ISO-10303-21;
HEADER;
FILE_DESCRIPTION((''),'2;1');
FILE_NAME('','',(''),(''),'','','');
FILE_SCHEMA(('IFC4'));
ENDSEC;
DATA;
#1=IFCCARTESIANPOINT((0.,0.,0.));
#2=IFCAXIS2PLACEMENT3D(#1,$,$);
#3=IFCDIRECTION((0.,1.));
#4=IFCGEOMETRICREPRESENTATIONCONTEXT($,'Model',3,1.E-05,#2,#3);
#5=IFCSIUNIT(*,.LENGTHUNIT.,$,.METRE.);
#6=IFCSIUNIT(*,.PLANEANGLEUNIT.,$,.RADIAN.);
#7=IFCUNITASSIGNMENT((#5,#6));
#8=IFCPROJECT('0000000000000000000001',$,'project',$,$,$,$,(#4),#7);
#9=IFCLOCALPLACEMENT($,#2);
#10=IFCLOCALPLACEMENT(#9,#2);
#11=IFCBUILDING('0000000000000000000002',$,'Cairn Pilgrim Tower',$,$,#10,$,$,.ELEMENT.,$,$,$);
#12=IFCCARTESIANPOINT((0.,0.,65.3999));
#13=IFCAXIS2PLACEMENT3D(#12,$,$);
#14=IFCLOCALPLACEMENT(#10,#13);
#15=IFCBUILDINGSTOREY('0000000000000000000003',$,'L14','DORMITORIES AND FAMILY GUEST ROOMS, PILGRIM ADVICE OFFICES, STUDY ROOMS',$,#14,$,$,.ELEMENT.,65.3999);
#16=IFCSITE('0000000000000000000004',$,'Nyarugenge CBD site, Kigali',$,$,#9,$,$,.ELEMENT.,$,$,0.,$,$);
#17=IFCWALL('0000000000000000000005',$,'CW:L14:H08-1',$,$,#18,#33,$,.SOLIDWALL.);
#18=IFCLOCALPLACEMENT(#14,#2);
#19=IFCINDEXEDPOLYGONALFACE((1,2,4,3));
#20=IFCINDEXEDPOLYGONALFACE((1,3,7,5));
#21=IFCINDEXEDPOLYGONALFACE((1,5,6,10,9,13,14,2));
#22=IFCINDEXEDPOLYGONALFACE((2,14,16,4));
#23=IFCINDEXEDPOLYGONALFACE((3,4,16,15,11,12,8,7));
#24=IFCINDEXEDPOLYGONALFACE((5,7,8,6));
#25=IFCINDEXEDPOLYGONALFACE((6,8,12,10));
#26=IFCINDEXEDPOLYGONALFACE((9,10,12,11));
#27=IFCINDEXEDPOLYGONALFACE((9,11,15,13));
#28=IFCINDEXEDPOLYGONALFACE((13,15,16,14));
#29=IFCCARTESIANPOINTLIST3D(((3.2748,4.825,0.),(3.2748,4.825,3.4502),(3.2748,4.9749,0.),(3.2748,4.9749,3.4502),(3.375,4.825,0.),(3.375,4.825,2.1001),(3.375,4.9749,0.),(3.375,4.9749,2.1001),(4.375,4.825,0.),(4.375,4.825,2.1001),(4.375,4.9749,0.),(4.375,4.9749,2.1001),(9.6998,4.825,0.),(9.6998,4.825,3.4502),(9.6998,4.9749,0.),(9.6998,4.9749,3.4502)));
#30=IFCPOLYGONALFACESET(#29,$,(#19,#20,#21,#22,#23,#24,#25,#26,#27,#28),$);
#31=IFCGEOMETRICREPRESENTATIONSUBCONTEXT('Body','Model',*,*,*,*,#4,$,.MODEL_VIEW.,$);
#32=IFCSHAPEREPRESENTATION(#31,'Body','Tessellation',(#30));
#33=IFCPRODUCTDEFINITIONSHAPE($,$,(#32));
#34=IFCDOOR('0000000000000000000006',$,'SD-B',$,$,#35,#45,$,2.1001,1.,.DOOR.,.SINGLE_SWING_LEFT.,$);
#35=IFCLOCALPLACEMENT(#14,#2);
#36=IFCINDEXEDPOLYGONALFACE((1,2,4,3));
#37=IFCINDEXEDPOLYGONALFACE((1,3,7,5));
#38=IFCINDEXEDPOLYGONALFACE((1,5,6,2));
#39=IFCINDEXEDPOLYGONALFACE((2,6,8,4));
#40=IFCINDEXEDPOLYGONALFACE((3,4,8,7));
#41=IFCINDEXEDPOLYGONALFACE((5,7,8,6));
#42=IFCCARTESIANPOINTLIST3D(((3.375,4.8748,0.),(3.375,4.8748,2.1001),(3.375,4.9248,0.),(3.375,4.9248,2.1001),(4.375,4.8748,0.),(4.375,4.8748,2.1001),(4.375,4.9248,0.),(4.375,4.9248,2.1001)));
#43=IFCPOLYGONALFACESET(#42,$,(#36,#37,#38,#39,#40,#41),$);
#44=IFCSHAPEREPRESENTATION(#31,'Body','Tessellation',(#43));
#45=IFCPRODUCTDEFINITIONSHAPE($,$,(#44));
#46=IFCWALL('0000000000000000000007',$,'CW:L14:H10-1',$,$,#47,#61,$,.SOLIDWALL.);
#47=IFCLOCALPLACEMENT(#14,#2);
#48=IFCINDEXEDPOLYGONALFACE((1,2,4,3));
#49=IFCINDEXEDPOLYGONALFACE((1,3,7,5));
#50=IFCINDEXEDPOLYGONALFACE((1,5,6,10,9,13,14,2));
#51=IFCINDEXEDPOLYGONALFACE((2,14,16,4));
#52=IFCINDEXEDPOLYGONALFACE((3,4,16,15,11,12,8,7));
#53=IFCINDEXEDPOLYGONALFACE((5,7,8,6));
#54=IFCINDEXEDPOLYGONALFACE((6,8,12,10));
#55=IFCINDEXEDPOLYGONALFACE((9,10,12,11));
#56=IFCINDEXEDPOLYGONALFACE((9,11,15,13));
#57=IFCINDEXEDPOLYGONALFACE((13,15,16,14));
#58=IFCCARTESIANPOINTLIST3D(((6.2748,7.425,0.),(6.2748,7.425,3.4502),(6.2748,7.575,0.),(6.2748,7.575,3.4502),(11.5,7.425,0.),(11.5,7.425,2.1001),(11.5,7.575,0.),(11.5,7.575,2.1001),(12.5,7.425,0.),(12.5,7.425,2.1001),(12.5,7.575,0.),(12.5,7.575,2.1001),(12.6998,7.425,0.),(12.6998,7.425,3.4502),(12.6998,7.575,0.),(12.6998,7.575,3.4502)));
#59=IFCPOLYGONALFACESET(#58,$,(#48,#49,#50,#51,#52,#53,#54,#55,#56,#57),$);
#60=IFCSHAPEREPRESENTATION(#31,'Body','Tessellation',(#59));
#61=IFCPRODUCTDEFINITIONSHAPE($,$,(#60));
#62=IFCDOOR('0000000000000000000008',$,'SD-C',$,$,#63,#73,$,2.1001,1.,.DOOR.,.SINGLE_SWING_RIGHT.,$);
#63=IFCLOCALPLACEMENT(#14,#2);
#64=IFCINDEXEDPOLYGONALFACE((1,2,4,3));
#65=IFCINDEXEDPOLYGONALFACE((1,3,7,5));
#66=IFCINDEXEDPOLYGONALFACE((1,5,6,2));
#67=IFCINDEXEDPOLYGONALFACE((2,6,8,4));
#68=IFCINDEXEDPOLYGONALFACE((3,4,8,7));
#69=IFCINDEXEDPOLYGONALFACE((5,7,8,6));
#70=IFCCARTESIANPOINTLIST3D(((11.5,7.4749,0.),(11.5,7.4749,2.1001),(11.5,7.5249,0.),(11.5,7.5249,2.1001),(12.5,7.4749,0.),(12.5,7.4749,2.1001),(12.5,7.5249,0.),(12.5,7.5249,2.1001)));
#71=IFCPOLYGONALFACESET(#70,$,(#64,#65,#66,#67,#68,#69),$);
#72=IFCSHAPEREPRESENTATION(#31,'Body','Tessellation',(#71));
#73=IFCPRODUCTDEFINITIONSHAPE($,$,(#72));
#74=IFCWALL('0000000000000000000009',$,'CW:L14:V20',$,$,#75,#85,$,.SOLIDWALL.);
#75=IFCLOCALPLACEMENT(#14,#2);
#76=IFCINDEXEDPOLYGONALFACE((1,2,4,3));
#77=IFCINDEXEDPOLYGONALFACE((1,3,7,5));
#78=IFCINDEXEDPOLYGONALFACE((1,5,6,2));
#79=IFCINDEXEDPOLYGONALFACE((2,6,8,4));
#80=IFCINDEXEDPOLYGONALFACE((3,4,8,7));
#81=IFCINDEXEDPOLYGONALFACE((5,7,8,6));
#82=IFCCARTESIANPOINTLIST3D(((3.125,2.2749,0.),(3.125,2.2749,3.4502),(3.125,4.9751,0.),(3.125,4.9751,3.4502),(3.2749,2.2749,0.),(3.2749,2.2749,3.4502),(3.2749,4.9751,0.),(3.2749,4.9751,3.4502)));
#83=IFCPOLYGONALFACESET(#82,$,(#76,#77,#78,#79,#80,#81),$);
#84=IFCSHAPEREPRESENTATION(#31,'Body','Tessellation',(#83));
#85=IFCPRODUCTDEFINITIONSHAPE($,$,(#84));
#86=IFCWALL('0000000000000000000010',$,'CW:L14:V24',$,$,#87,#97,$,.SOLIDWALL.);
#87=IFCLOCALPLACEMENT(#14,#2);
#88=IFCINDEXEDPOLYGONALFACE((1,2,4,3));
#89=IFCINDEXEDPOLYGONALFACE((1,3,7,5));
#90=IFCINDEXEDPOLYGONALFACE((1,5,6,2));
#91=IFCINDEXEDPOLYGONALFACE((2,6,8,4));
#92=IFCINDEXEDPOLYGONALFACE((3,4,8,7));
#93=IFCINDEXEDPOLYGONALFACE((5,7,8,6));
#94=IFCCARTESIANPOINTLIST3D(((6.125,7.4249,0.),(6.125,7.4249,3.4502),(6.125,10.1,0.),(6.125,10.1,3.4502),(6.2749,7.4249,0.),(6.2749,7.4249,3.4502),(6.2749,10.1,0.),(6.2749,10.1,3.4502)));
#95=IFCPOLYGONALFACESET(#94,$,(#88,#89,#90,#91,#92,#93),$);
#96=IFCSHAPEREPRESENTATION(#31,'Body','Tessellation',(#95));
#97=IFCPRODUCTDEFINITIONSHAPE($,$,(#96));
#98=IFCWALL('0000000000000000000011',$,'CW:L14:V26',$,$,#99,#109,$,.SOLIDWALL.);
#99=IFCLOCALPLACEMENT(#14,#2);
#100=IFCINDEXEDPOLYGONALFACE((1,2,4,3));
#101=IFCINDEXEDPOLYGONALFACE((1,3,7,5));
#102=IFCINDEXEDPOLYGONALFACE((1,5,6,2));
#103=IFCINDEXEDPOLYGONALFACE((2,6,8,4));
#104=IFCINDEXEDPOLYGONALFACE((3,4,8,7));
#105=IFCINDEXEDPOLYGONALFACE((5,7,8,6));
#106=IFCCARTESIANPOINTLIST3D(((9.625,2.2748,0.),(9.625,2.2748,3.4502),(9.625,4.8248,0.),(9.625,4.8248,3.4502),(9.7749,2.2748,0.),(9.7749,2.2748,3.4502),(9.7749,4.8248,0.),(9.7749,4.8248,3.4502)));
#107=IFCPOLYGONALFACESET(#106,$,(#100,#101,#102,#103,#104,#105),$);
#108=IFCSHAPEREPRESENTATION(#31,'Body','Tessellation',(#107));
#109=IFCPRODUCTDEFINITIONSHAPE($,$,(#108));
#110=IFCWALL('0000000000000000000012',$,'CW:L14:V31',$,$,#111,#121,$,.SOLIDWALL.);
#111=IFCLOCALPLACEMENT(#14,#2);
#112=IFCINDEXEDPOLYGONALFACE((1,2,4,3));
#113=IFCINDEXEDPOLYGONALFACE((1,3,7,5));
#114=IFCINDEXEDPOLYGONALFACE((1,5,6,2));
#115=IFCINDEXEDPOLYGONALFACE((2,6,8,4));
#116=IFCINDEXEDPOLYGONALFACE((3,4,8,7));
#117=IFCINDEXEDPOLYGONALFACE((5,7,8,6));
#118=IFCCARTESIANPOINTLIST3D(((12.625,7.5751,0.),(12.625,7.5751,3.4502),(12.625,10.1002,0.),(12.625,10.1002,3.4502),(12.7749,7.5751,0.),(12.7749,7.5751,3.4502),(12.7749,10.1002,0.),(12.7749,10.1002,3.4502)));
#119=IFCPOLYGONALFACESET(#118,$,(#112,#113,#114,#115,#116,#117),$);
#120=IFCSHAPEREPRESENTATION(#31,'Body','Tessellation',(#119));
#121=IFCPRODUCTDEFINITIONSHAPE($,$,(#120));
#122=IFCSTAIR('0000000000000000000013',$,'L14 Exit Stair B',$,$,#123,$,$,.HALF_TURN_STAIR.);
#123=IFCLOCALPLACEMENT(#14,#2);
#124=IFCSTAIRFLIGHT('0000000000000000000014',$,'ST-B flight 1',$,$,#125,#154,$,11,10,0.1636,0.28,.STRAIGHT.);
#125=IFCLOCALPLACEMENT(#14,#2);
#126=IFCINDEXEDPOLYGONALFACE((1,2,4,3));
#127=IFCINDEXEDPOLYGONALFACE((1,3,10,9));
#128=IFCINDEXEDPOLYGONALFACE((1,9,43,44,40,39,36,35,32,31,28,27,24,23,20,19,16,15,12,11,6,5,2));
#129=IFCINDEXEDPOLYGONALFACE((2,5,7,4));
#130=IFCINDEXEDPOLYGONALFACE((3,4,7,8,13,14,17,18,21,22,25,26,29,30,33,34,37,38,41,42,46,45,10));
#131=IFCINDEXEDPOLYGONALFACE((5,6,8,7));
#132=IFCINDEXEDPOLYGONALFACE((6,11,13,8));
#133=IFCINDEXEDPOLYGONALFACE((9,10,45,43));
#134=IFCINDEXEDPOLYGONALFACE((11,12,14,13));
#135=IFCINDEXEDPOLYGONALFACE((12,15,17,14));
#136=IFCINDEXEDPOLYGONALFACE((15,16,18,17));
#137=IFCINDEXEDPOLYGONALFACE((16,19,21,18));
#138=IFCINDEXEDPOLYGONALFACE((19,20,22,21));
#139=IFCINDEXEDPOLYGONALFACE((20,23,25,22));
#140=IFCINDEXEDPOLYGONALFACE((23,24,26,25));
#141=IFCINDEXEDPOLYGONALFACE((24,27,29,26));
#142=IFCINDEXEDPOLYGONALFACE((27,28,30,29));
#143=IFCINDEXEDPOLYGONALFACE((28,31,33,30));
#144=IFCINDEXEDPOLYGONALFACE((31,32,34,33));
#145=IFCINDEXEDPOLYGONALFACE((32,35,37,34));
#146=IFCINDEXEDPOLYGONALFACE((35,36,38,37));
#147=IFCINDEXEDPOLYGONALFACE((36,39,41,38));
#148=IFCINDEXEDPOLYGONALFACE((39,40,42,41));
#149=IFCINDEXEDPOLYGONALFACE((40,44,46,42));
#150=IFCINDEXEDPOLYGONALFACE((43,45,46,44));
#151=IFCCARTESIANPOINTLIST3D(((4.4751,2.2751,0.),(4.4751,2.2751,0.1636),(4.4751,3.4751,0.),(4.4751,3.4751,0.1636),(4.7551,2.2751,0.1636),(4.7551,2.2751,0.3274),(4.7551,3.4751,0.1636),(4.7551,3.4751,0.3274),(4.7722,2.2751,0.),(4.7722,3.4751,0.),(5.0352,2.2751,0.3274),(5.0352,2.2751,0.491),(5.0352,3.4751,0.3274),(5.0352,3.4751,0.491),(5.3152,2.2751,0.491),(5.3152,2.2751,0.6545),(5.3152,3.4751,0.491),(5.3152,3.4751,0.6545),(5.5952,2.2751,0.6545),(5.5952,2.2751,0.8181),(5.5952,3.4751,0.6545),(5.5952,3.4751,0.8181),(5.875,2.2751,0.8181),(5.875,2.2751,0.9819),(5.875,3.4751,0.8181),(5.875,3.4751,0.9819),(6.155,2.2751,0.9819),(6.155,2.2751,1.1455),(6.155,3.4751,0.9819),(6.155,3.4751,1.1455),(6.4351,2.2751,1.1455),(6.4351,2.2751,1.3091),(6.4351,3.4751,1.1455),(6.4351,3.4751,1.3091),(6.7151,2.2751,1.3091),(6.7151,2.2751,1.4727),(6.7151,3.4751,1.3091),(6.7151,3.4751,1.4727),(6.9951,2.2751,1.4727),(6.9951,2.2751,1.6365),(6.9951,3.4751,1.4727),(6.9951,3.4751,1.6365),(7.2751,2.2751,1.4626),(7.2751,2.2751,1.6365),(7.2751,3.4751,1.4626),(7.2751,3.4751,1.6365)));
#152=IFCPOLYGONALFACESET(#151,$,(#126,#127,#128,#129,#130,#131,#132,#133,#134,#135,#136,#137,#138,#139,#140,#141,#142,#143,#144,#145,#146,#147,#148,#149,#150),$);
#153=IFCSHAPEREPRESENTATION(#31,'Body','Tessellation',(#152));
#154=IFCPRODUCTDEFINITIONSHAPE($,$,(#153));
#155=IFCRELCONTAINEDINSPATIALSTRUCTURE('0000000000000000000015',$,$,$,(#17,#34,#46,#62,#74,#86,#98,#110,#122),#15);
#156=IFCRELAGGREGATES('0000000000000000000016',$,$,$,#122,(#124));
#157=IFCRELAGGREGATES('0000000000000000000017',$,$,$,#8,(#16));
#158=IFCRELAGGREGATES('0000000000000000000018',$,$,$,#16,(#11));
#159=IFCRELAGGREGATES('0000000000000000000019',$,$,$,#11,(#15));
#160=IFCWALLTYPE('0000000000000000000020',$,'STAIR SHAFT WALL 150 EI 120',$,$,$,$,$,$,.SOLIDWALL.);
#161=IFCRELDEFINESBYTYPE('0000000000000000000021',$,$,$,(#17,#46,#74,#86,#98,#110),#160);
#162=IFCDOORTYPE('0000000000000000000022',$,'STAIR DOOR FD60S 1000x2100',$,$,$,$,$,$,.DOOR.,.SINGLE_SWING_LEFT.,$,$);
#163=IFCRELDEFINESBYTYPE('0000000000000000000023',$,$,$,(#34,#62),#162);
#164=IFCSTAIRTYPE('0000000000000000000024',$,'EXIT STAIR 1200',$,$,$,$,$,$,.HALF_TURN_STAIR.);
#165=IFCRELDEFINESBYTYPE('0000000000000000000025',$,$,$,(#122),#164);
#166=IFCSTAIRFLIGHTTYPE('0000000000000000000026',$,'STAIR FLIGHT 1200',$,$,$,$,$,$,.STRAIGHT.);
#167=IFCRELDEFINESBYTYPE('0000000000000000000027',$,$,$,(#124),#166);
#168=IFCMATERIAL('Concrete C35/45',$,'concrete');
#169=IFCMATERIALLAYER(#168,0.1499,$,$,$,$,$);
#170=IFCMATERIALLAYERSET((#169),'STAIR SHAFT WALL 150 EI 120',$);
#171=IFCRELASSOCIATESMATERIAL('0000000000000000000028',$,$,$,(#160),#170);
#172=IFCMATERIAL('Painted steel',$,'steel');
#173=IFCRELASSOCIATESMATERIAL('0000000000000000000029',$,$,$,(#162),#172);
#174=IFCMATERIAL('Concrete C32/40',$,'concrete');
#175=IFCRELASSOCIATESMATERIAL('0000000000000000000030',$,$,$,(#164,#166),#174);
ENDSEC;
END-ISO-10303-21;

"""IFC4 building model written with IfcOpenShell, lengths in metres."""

from ifc_helpers import new_model, si_unit, direction, frame, frame_2d, origin, place, context, subcontext, project, spatial, polyline, rectangle, outline, extrude, material, layer, layer_set, type_object, element, fill, aggregate, save


model = new_model("IFC4")

# Units and contexts
model_context = context("Model", 3, precision=1e-05, world=origin(), true_north=direction((0.0, 1.0)))
body_context = subcontext(model_context, "Body", "Model", "MODEL_VIEW")
ifc_project = project(units=[si_unit("LENGTHUNIT", "METRE"), si_unit("PLANEANGLEUNIT", "RADIAN")], contexts=[model_context])

# Site, building, storey
site_placement = place(None, origin())
site = spatial("IfcSite", under=ifc_project, at=site_placement, Name="Nyarugenge CBD site, Kigali", CompositionType="ELEMENT", RefElevation=0.0)
building_placement = place(site_placement, origin())
building = spatial("IfcBuilding", under=site, at=building_placement, Name="Cairn Pilgrim Tower", CompositionType="ELEMENT")
storey_placement = place(building_placement, frame((0.0, 0.0, 65.3999)))
storey = spatial("IfcBuildingStorey", under=building, at=storey_placement, Name="L14", Description="DORMITORIES AND FAMILY GUEST ROOMS, PILGRIM ADVICE OFFICES, STUDY ROOMS", CompositionType="ELEMENT", Elevation=65.3999)

# Shared definitions
ifc_material_1 = material(Name="Concrete C32/40", Category="concrete")

# Shared definitions
ifc_material_2 = material(Name="Painted steel", Category="steel")

# Shared definitions
ifc_material_3 = material(Name="Concrete C35/45", Category="concrete")
ifc_layer_1 = layer(ifc_material_3, 0.1499)
ifc_layer_set_1 = layer_set([ifc_layer_1], Name="STAIR SHAFT WALL 150 EI 120")
wall_type_1 = type_object("IfcWallType", Name="STAIR SHAFT WALL 150 EI 120", PredefinedType="SOLIDWALL", material=ifc_layer_set_1)

# Walls, openings, doors
wall_1_placement = place(storey_placement, frame((3.2749, 4.8999, 0.0), z_axis=(0.0, 0.0, 1.0), x_axis=(1.0, 0.0, 0.0)))
wall_1 = element("IfcWall", 1, at=wall_1_placement, inside=storey, type_object=wall_type_1, Name="CW:L14:H08-1", PredefinedType="SOLIDWALL", context=body_context, shape_type="SweptSolid", body=[
    extrude(rectangle(XDim=6.425, YDim=0.1499, at=frame_2d((3.2124, 0.0))), origin(), (0.0, 0.0, 1.0), 3.4502),
])
opening_1_placement = place(wall_1_placement, frame((0.1001, 0.0, 0.0)))
opening_1 = element("IfcOpeningElement", 2, at=opening_1_placement, cuts=wall_1, PredefinedType="OPENING", context=body_context, shape_type="SweptSolid", body=[
    extrude(rectangle(XDim=1.0, YDim=2.1001, at=frame_2d((0.5, 1.05))), frame((0.0, 0.085, 0.0), z_axis=(0.0, -1.0, 0.0), x_axis=(1.0, 0.0, 0.0)), (0.0, 0.0, 1.0), 0.1699),
])
door_type_1 = type_object("IfcDoorType", Name="STAIR DOOR FD60S 1000x2100", OperationType="SINGLE_SWING_LEFT", PredefinedType="DOOR", material=ifc_material_2)
door_1_placement = place(opening_1_placement, origin())
door_1 = element("IfcDoor", 3, at=door_1_placement, inside=storey, type_object=door_type_1, Name="SD-B", OperationType="SINGLE_SWING_LEFT", OverallHeight=2.1001, OverallWidth=1.0, PredefinedType="DOOR", context=body_context, shape_type="SweptSolid", body=[
    extrude(rectangle(XDim=1.0, YDim=2.1001, at=frame_2d((0.5, 1.05))), frame((0.0, 0.0249, 0.0), z_axis=(0.0, -1.0, 0.0), x_axis=(1.0, 0.0, 0.0)), (0.0, 0.0, 1.0), 0.05),
])
fill(opening_1, door_1)
wall_2_placement = place(storey_placement, frame((6.2749, 7.5, 0.0), z_axis=(0.0, 0.0, 1.0), x_axis=(1.0, 0.0, 0.0)))
wall_2 = element("IfcWall", 4, at=wall_2_placement, inside=storey, type_object=wall_type_1, Name="CW:L14:H10-1", PredefinedType="SOLIDWALL", context=body_context, shape_type="SweptSolid", body=[
    extrude(rectangle(XDim=6.425, YDim=0.1499, at=frame_2d((3.2124, 0.0))), origin(), (0.0, 0.0, 1.0), 3.4502),
])
opening_2_placement = place(wall_2_placement, frame((5.2251, 0.0, 0.0)))
opening_2 = element("IfcOpeningElement", 5, at=opening_2_placement, cuts=wall_2, PredefinedType="OPENING", context=body_context, shape_type="SweptSolid", body=[
    extrude(rectangle(XDim=1.0, YDim=2.1001, at=frame_2d((0.5, 1.05))), frame((0.0, 0.085, 0.0), z_axis=(0.0, -1.0, 0.0), x_axis=(1.0, 0.0, 0.0)), (0.0, 0.0, 1.0), 0.1699),
])
door_2_placement = place(opening_2_placement, origin())
door_2 = element("IfcDoor", 6, at=door_2_placement, inside=storey, type_object=door_type_1, Name="SD-C", OperationType="SINGLE_SWING_RIGHT", OverallHeight=2.1001, OverallWidth=1.0, PredefinedType="DOOR", context=body_context, shape_type="SweptSolid", body=[
    extrude(rectangle(XDim=1.0, YDim=2.1001, at=frame_2d((0.5, 1.05))), frame((0.0, 0.0249, 0.0), z_axis=(0.0, -1.0, 0.0), x_axis=(1.0, 0.0, 0.0)), (0.0, 0.0, 1.0), 0.05),
])
fill(opening_2, door_2)

# Walls
wall_3_placement = place(storey_placement, frame((3.2, 2.2749, 0.0), z_axis=(0.0, 0.0, 1.0), x_axis=(0.0, 1.0, 0.0)))
element("IfcWall", 7, at=wall_3_placement, inside=storey, type_object=wall_type_1, Name="CW:L14:V20", PredefinedType="SOLIDWALL", context=body_context, shape_type="SweptSolid", body=[
    extrude(rectangle(XDim=2.7002, YDim=0.1499, at=frame_2d((1.3501, 0.0))), origin(), (0.0, 0.0, 1.0), 3.4502),
])
wall_4_placement = place(storey_placement, frame((6.2, 7.425, 0.0), z_axis=(0.0, 0.0, 1.0), x_axis=(0.0, 1.0, 0.0)))
element("IfcWall", 8, at=wall_4_placement, inside=storey, type_object=wall_type_1, Name="CW:L14:V24", PredefinedType="SOLIDWALL", context=body_context, shape_type="SweptSolid", body=[
    extrude(rectangle(XDim=2.675, YDim=0.1499, at=frame_2d((1.3374, 0.0))), origin(), (0.0, 0.0, 1.0), 3.4502),
])
wall_5_placement = place(storey_placement, frame((9.7, 2.2749, 0.0), z_axis=(0.0, 0.0, 1.0), x_axis=(0.0, 1.0, 0.0)))
element("IfcWall", 9, at=wall_5_placement, inside=storey, type_object=wall_type_1, Name="CW:L14:V26", PredefinedType="SOLIDWALL", context=body_context, shape_type="SweptSolid", body=[
    extrude(rectangle(XDim=2.55, YDim=0.1499, at=frame_2d((1.2749, 0.0))), origin(), (0.0, 0.0, 1.0), 3.4502),
])
wall_6_placement = place(storey_placement, frame((12.7, 7.575, 0.0), z_axis=(0.0, 0.0, 1.0), x_axis=(0.0, 1.0, 0.0)))
element("IfcWall", 10, at=wall_6_placement, inside=storey, type_object=wall_type_1, Name="CW:L14:V31", PredefinedType="SOLIDWALL", context=body_context, shape_type="SweptSolid", body=[
    extrude(rectangle(XDim=2.5251, YDim=0.1499, at=frame_2d((1.2627, 0.0))), origin(), (0.0, 0.0, 1.0), 3.4502),
])

# Stair, stair flight
stair_type = type_object("IfcStairType", Name="EXIT STAIR 1200", PredefinedType="HALF_TURN_STAIR", material=ifc_material_1)
stair_1_placement = place(storey_placement, origin())
stair_1 = element("IfcStair", 11, at=stair_1_placement, inside=storey, type_object=stair_type, Name="L14 Exit Stair B", PredefinedType="HALF_TURN_STAIR")
stair_flight_type = type_object("IfcStairFlightType", Name="STAIR FLIGHT 1200", PredefinedType="STRAIGHT", material=ifc_material_1)
stair_flight_1_placement = place(storey_placement, frame((4.4751, 2.875, 0.0), z_axis=(0.0, 0.0, 1.0), x_axis=(1.0, 0.0, 0.0)))
stair_flight_1 = element("IfcStairFlight", 12, at=stair_flight_1_placement, type_object=stair_flight_type, Name="ST-B flight 1", NumberOfRisers=11, NumberOfTreads=10, PredefinedType="STRAIGHT", RiserHeight=0.1636, TreadLength=0.28, context=body_context, shape_type="SweptSolid", body=[
    extrude(outline(polyline([(0.0, 0.0), (0.0, 0.1636), (0.28, 0.1636), (0.28, 0.3274), (0.5601, 0.3274), (0.5601, 0.491), (0.8401, 0.491), (0.8401, 0.6545), (1.1201, 0.6545), (1.1201, 0.8181), (1.3999, 0.8181), (1.3999, 0.9819), (1.6799, 0.9819), (1.6799, 1.1455), (1.96, 1.1455), (1.96, 1.3091), (2.24, 1.3091), (2.24, 1.4727), (2.52, 1.4727), (2.52, 1.6365), (2.8, 1.6365), (2.8, 1.8), (2.8, 1.4626), (0.2971, 0.0), (0.0, 0.0)])), frame((0.0, 0.6001, 0.0), z_axis=(0.0, -1.0, 0.0), x_axis=(1.0, 0.0, 0.0)), (0.0, 0.0, 1.0), 1.2),
])
aggregate(stair_1, [stair_flight_1])

save(model, "model.ifc")
